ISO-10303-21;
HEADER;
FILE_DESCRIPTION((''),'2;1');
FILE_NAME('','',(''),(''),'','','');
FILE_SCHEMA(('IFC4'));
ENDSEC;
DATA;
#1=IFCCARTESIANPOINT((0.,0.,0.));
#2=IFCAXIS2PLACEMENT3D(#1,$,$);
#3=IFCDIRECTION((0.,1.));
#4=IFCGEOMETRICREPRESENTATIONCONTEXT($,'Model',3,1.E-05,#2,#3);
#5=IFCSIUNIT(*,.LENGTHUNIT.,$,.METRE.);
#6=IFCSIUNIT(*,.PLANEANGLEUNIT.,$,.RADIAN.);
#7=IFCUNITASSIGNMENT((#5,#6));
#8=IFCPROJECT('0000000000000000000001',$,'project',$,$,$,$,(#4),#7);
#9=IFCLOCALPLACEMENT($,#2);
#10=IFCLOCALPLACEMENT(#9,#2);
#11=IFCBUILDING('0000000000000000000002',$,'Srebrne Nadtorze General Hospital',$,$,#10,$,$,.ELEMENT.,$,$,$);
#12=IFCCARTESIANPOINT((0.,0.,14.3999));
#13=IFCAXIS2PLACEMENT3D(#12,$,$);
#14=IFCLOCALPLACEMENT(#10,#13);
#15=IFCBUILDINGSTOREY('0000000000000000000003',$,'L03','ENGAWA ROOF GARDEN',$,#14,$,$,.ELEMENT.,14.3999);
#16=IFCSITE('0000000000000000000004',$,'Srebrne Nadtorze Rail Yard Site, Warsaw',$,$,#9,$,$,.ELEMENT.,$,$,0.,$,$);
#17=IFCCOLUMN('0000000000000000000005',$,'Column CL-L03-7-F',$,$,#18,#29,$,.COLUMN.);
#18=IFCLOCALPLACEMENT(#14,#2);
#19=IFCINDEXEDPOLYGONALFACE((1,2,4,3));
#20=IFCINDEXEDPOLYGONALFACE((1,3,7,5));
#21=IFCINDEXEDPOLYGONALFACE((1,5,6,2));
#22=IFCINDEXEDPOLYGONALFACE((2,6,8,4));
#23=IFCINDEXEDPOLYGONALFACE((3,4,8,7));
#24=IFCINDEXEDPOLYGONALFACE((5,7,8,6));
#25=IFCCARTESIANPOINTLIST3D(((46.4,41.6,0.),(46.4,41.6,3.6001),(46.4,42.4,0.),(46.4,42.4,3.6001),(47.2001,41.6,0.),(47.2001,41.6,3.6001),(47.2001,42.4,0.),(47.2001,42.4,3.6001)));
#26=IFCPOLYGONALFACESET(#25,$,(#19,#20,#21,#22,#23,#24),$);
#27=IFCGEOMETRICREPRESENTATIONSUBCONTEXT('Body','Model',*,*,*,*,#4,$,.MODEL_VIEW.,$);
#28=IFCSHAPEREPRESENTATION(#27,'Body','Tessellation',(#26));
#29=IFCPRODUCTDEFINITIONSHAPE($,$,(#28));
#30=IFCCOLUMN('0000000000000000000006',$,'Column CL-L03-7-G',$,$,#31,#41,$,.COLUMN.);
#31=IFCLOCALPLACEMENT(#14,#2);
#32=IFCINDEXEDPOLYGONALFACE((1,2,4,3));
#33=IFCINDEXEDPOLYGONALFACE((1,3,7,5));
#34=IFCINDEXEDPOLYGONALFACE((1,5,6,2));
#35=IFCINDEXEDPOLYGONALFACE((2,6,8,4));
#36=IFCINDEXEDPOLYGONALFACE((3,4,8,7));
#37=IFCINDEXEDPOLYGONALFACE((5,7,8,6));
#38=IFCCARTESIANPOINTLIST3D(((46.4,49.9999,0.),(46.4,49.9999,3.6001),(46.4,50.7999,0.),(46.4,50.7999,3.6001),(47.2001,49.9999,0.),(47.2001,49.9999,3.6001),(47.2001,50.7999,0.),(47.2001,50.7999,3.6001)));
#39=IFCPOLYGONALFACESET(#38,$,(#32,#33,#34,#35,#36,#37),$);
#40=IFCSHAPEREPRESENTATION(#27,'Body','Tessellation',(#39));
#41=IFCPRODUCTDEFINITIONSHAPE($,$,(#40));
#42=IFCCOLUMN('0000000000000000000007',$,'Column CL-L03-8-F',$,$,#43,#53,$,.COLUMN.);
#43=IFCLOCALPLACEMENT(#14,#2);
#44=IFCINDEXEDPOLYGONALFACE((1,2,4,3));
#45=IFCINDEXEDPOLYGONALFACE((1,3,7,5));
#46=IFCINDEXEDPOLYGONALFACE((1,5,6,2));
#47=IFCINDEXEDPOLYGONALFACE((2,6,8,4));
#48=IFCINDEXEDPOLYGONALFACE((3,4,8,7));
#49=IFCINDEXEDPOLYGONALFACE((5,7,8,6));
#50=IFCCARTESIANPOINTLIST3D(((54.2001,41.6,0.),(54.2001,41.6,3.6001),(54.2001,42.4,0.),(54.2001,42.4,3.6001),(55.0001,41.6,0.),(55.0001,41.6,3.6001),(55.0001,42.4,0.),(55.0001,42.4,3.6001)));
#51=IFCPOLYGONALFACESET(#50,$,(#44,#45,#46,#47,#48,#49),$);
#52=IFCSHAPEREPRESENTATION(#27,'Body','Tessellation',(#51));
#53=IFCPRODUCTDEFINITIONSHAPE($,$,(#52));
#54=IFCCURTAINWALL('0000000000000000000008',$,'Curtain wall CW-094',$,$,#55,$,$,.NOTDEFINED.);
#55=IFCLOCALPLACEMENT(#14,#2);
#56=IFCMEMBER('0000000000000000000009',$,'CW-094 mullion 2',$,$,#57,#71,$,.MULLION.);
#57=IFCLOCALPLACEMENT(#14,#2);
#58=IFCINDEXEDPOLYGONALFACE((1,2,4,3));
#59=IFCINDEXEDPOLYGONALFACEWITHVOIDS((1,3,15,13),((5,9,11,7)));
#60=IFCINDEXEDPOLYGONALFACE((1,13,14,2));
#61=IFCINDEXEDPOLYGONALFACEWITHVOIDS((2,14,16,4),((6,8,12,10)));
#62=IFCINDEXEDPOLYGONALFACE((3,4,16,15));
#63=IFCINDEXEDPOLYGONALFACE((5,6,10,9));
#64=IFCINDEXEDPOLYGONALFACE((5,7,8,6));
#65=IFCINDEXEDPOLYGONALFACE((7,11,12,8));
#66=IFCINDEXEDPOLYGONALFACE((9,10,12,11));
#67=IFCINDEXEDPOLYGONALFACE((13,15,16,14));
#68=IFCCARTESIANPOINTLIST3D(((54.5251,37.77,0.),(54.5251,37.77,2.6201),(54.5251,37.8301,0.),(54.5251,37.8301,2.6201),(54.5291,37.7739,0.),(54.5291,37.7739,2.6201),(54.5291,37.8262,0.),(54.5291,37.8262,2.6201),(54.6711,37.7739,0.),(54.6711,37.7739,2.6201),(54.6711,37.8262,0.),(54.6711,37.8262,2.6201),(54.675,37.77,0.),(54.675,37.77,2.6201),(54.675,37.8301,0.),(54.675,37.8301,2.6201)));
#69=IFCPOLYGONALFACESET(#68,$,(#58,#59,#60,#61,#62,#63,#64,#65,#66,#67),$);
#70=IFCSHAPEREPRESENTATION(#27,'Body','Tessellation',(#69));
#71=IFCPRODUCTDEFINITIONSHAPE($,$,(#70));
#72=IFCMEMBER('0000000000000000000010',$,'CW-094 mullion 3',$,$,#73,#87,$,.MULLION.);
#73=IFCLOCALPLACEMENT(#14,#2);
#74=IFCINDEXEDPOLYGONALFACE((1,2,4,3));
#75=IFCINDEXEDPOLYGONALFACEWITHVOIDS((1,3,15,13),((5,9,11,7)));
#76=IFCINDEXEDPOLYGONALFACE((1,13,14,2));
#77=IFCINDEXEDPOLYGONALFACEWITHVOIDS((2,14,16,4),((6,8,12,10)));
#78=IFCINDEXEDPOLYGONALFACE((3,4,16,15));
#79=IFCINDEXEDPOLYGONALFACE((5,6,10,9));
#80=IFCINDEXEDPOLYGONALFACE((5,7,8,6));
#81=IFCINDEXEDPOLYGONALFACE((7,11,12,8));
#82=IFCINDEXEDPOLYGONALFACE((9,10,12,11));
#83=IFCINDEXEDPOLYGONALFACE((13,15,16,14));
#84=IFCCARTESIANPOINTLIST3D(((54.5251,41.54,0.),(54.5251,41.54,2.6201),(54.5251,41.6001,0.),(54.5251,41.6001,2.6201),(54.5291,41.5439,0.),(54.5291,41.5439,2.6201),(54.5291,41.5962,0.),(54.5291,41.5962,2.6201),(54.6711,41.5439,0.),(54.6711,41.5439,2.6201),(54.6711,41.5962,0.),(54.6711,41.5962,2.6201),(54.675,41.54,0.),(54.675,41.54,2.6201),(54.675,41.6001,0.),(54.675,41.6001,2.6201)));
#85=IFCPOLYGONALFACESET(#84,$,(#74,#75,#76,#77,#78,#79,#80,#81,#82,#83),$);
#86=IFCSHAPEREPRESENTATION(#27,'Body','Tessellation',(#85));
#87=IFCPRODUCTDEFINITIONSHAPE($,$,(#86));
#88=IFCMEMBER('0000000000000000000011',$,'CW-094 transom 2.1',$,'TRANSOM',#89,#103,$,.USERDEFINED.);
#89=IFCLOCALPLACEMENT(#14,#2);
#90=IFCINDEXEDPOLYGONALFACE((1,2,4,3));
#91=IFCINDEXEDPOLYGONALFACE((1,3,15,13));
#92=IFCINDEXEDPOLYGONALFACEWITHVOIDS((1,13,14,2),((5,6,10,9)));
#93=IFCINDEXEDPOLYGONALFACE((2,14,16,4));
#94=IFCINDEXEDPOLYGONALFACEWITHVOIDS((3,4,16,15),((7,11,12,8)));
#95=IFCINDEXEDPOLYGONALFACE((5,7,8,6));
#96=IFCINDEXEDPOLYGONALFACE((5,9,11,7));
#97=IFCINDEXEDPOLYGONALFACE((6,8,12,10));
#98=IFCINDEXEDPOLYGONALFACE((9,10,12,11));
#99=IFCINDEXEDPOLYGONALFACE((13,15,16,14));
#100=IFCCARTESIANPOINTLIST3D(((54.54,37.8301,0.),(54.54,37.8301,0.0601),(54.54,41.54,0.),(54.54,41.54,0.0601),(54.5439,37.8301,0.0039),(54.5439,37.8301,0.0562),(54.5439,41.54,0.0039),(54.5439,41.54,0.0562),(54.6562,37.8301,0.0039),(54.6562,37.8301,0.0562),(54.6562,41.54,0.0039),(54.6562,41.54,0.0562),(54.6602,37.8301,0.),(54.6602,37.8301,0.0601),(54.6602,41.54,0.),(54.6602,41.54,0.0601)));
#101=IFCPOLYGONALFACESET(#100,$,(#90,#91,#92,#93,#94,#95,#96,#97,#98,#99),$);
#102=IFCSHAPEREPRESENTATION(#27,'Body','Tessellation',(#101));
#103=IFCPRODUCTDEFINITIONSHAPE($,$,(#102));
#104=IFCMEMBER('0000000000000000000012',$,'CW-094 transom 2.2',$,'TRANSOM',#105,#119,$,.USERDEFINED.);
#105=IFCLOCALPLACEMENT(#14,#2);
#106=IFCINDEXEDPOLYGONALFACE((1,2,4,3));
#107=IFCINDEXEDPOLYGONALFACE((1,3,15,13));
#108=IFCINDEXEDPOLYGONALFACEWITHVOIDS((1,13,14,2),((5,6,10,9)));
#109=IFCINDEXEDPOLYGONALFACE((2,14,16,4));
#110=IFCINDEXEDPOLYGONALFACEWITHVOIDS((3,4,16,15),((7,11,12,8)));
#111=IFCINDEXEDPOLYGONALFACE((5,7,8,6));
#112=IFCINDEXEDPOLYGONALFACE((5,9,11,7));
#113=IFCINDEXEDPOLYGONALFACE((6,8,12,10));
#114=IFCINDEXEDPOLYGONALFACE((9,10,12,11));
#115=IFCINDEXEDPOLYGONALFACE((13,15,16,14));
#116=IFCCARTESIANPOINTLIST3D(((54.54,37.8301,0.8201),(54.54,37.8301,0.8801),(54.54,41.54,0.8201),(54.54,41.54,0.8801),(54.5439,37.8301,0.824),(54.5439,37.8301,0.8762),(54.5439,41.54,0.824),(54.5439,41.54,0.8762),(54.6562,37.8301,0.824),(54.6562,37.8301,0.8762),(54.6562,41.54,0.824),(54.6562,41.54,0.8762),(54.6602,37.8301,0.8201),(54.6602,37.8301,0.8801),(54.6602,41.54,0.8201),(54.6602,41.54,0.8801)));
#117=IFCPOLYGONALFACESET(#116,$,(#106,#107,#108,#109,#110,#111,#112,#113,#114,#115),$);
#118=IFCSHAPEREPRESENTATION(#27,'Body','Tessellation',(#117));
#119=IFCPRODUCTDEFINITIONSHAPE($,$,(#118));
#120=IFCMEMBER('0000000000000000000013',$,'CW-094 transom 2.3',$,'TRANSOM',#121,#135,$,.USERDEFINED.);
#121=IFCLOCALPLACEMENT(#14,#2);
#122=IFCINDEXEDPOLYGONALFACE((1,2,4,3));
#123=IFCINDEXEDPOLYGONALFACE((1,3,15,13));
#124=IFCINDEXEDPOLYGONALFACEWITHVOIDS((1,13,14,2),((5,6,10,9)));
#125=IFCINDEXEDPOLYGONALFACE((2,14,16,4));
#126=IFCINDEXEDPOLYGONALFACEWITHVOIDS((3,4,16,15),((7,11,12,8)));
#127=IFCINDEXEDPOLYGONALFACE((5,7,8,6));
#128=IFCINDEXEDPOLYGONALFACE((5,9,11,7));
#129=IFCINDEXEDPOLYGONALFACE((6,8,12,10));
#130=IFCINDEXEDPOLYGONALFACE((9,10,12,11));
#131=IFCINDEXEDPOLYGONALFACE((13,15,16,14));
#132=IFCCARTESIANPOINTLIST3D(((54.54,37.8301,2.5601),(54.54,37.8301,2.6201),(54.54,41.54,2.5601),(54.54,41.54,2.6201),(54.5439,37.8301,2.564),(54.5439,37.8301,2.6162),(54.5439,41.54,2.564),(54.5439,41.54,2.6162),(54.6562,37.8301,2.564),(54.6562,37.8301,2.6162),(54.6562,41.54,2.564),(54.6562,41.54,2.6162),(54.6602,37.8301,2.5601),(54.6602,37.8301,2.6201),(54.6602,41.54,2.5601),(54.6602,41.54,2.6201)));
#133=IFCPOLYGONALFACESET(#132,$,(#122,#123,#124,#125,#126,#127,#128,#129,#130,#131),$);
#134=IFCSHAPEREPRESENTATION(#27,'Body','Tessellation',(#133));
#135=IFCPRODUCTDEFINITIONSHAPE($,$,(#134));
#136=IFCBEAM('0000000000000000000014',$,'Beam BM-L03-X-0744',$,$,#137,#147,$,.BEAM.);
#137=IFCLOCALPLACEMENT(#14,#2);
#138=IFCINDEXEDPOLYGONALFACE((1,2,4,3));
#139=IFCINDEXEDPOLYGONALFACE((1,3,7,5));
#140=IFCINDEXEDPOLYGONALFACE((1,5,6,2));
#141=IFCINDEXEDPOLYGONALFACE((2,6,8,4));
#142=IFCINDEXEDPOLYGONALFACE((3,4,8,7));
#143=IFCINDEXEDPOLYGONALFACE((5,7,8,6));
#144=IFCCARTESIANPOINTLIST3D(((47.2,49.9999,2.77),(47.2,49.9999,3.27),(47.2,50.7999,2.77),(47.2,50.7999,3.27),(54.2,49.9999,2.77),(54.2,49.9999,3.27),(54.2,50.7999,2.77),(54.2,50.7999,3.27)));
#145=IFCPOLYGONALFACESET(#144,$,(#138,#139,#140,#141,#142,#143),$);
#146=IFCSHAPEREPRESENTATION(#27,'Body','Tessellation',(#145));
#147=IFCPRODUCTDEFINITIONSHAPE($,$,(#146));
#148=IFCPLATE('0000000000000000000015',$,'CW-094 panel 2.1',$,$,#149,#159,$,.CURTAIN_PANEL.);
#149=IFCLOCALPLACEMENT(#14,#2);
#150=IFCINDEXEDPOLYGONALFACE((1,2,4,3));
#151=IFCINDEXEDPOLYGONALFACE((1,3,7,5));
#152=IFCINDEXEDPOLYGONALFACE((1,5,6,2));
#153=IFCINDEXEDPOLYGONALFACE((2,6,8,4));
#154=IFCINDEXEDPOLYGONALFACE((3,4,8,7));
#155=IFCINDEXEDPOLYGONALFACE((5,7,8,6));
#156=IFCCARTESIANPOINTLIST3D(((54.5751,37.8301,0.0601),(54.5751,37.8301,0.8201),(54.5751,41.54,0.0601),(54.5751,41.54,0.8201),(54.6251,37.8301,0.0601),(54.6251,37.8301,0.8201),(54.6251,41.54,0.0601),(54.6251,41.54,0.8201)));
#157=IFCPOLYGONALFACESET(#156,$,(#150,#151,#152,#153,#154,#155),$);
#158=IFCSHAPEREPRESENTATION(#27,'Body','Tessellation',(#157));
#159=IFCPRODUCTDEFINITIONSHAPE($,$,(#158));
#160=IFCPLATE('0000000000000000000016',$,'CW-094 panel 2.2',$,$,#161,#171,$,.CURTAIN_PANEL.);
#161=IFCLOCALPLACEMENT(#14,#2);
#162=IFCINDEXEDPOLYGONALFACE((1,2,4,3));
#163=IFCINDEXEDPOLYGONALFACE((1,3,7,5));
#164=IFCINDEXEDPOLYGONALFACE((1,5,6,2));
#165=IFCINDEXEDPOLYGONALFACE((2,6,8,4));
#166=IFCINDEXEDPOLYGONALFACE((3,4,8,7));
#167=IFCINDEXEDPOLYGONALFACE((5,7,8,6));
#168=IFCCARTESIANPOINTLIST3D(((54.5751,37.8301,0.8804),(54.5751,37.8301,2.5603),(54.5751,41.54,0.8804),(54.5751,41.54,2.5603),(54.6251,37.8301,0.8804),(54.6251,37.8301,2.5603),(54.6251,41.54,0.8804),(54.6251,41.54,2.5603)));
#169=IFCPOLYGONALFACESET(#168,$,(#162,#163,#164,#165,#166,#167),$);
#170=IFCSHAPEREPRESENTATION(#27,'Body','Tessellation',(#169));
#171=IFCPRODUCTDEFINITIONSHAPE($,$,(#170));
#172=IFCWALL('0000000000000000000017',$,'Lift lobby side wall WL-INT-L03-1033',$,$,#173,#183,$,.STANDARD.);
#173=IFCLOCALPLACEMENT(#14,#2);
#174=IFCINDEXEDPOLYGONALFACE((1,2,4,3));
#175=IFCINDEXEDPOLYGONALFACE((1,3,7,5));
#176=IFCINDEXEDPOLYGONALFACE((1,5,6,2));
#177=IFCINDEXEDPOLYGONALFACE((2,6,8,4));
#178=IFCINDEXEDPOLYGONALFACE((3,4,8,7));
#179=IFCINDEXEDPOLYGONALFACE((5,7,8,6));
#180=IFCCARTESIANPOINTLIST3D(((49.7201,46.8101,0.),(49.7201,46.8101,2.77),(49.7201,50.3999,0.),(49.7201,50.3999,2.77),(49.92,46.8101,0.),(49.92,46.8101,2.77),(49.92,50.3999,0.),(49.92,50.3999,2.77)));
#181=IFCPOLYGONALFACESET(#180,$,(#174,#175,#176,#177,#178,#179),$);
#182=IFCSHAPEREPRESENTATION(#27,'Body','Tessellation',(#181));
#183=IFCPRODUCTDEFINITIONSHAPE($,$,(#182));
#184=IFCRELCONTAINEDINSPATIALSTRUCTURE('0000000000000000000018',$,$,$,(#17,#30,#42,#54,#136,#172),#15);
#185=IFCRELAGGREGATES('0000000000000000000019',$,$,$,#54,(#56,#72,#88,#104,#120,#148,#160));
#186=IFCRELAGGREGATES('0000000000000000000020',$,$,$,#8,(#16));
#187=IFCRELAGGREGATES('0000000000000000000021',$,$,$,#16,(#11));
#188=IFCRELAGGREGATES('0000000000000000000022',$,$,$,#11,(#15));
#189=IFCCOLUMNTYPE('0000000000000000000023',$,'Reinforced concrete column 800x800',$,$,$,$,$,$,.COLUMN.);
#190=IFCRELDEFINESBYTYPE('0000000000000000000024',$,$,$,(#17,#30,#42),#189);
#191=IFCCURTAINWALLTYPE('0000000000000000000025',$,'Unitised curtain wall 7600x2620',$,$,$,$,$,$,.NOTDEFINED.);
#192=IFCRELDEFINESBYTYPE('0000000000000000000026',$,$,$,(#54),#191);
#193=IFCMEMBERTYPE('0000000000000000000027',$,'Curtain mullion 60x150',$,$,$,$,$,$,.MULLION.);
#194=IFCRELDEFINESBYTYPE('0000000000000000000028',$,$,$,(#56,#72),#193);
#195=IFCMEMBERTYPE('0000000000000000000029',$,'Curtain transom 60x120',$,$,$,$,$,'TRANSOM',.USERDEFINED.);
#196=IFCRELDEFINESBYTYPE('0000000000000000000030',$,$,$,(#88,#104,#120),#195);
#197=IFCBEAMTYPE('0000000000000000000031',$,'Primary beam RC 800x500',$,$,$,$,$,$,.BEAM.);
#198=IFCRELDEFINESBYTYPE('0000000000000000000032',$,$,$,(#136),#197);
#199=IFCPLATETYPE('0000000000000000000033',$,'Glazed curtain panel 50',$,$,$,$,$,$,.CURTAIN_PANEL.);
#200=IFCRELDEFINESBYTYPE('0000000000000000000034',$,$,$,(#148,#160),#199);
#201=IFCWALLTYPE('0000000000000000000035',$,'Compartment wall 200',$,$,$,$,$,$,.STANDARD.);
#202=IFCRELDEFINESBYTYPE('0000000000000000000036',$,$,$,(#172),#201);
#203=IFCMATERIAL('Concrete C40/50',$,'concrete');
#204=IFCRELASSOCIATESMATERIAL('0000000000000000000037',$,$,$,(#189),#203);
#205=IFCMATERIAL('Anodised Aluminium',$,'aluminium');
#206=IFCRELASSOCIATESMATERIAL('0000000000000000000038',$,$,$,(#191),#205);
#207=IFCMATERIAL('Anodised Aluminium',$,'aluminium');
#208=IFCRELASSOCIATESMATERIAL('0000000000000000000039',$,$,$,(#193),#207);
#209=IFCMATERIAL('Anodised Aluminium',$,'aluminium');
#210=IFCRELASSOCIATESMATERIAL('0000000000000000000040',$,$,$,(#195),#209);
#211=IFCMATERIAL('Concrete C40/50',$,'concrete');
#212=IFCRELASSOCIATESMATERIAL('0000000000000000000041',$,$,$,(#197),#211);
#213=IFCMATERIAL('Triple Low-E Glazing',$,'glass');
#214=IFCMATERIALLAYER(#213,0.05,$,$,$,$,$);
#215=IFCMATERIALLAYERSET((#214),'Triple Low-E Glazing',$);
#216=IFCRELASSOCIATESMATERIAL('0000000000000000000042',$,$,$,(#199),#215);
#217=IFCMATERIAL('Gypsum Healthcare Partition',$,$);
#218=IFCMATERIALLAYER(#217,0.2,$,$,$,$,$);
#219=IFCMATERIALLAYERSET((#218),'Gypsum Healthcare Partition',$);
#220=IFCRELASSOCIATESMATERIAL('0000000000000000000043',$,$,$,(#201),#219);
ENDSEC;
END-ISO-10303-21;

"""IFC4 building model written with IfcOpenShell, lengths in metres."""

from ifc_helpers import new_model, si_unit, direction, frame, frame_2d, origin, origin_2d, place, context, subcontext, project, spatial, rectangle, hollow_rectangle, extrude, material, layer, layer_set, material_profile, profile_set, type_object, element, aggregate, save


model = new_model("IFC4")

# Units and contexts
model_context = context("Model", 3, precision=1e-05, world=origin(), true_north=direction((0.0, 1.0)))
body_context = subcontext(model_context, "Body", "Model", "MODEL_VIEW")
ifc_project = project(units=[si_unit("LENGTHUNIT", "METRE"), si_unit("PLANEANGLEUNIT", "RADIAN")], contexts=[model_context])

# Site, building, storey
site_placement = place(None, origin())
site = spatial("IfcSite", under=ifc_project, at=site_placement, Name="Srebrne Nadtorze Rail Yard Site, Warsaw", CompositionType="ELEMENT", RefElevation=0.0)
building_placement = place(site_placement, origin())
building = spatial("IfcBuilding", under=site, at=building_placement, Name="Srebrne Nadtorze General Hospital", CompositionType="ELEMENT")
storey_placement = place(building_placement, frame((0.0, 0.0, 14.3999)))
storey = spatial("IfcBuildingStorey", under=building, at=storey_placement, Name="L03", Description="ENGAWA ROOF GARDEN", CompositionType="ELEMENT", Elevation=14.3999)

# Columns
ifc_material_1 = material(Name="Concrete C40/50", Category="concrete")
ifc_material_profile_1 = material_profile(ifc_material_1, rectangle(XDim=0.8, YDim=0.8, at=origin_2d()), Name="RC-COL-800x800")
ifc_profile_set_1 = profile_set([ifc_material_profile_1], Name="Concrete C40/50")
column_type = type_object("IfcColumnType", Name="Reinforced concrete column 800x800", PredefinedType="COLUMN", material=ifc_profile_set_1)
for number, where, z_axis, x_axis, name in (
    (1, (46.8, 42.0, 0.0), (0.0, 0.0, 1.0), (1.0, 0.0, 0.0), "Column CL-L03-7-F"),
    (2, (46.8, 50.3999, 0.0), (0.0, 0.0, 1.0), (1.0, 0.0, 0.0), "Column CL-L03-7-G"),
    (3, (54.6001, 42.0, 0.0), (0.0, 0.0, 1.0), (1.0, 0.0, 0.0), "Column CL-L03-8-F"),
):
    element("IfcColumn", number, at=place(storey_placement, frame(where, z_axis=z_axis, x_axis=x_axis)), inside=storey, type_object=column_type, Name=name, PredefinedType="COLUMN", context=body_context, shape_type="SweptSolid", body=[
        extrude(rectangle(XDim=0.8, YDim=0.8, at=origin_2d()), origin(), (0.0, 0.0, 1.0), 3.6001),
    ])

# Curtain wall, members
ifc_material_2 = material(Name="Anodised Aluminium", Category="aluminium")
curtain_wall_type = type_object("IfcCurtainWallType", Name="Unitised curtain wall 7600x2620", PredefinedType="NOTDEFINED", material=ifc_material_2)
curtain_wall_placement = place(storey_placement, origin())
curtain_wall = element("IfcCurtainWall", 4, at=curtain_wall_placement, inside=storey, type_object=curtain_wall_type, Name="Curtain wall CW-094", PredefinedType="NOTDEFINED")
ifc_material_3 = material(Name="Anodised Aluminium", Category="aluminium")
ifc_material_profile_2 = material_profile(ifc_material_3, hollow_rectangle(XDim=0.0601, YDim=0.1499, WallThickness=0.0039, at=origin_2d()), Name="AL-MUL-60x150")
ifc_profile_set_2 = profile_set([ifc_material_profile_2], Name="Anodised Aluminium")
member_type_1 = type_object("IfcMemberType", Name="Curtain mullion 60x150", PredefinedType="MULLION", material=ifc_profile_set_2)
member_1_placement = place(storey_placement, frame((54.6001, 37.8, 0.0), z_axis=(0.0, 0.0, 1.0), x_axis=(0.0, 1.0, 0.0)))
member_1 = element("IfcMember", 5, at=member_1_placement, type_object=member_type_1, Name="CW-094 mullion 2", PredefinedType="MULLION", context=body_context, shape_type="SweptSolid", body=[
    extrude(hollow_rectangle(XDim=0.0601, YDim=0.1499, WallThickness=0.0039, at=origin_2d()), origin(), (0.0, 0.0, 1.0), 2.6201),
])
member_2_placement = place(storey_placement, frame((54.6001, 41.5701, 0.0), z_axis=(0.0, 0.0, 1.0), x_axis=(0.0, 1.0, 0.0)))
member_2 = element("IfcMember", 6, at=member_2_placement, type_object=member_type_1, Name="CW-094 mullion 3", PredefinedType="MULLION", context=body_context, shape_type="SweptSolid", body=[
    extrude(hollow_rectangle(XDim=0.0601, YDim=0.1499, WallThickness=0.0039, at=origin_2d()), origin(), (0.0, 0.0, 1.0), 2.6201),
])
ifc_material_4 = material(Name="Anodised Aluminium", Category="aluminium")
ifc_material_profile_3 = material_profile(ifc_material_4, hollow_rectangle(XDim=0.0601, YDim=0.1201, WallThickness=0.0039, at=origin_2d()), Name="AL-TRN-60x120")
ifc_profile_set_3 = profile_set([ifc_material_profile_3], Name="Anodised Aluminium")
member_type_2 = type_object("IfcMemberType", Name="Curtain transom 60x120", ElementType="TRANSOM", PredefinedType="USERDEFINED", material=ifc_profile_set_3)
member_3_placement = place(storey_placement, frame((54.6001, 37.8301, 0.03), z_axis=(0.0, 1.0, 0.0), x_axis=(0.0, 0.0, 1.0)))
member_3 = element("IfcMember", 7, at=member_3_placement, type_object=member_type_2, Name="CW-094 transom 2.1", ObjectType="TRANSOM", PredefinedType="USERDEFINED", context=body_context, shape_type="SweptSolid", body=[
    extrude(hollow_rectangle(XDim=0.0601, YDim=0.1201, WallThickness=0.0039, at=origin_2d()), origin(), (0.0, 0.0, 1.0), 3.71),
])
member_4_placement = place(storey_placement, frame((54.6001, 37.8301, 0.8501), z_axis=(0.0, 1.0, 0.0), x_axis=(0.0, 0.0, 1.0)))
member_4 = element("IfcMember", 8, at=member_4_placement, type_object=member_type_2, Name="CW-094 transom 2.2", ObjectType="TRANSOM", PredefinedType="USERDEFINED", context=body_context, shape_type="SweptSolid", body=[
    extrude(hollow_rectangle(XDim=0.0601, YDim=0.1201, WallThickness=0.0039, at=origin_2d()), origin(), (0.0, 0.0, 1.0), 3.71),
])
member_5_placement = place(storey_placement, frame((54.6001, 37.8301, 2.5901), z_axis=(0.0, 1.0, 0.0), x_axis=(0.0, 0.0, 1.0)))
member_5 = element("IfcMember", 9, at=member_5_placement, type_object=member_type_2, Name="CW-094 transom 2.3", ObjectType="TRANSOM", PredefinedType="USERDEFINED", context=body_context, shape_type="SweptSolid", body=[
    extrude(hollow_rectangle(XDim=0.0601, YDim=0.1201, WallThickness=0.0039, at=origin_2d()), origin(), (0.0, 0.0, 1.0), 3.71),
])

# Beam
ifc_material_5 = material(Name="Concrete C40/50", Category="concrete")
ifc_material_profile_4 = material_profile(ifc_material_5, rectangle(XDim=0.8, YDim=0.5, at=origin_2d()), Name="RC-BM-800x500")
ifc_profile_set_4 = profile_set([ifc_material_profile_4], Name="Concrete C40/50")
beam_type = type_object("IfcBeamType", Name="Primary beam RC 800x500", PredefinedType="BEAM", material=ifc_profile_set_4)
beam_placement = place(storey_placement, frame((47.2, 50.3999, 3.02), z_axis=(1.0, 0.0, 0.0), x_axis=(0.0, 1.0, 0.0)))
element("IfcBeam", 10, at=beam_placement, inside=storey, type_object=beam_type, Name="Beam BM-L03-X-0744", PredefinedType="BEAM", context=body_context, shape_type="SweptSolid", body=[
    extrude(rectangle(XDim=0.8, YDim=0.5, at=origin_2d()), origin(), (0.0, 0.0, 1.0), 7.0),
])

# Plates
ifc_material_6 = material(Name="Triple Low-E Glazing", Category="glass")
ifc_layer_1 = layer(ifc_material_6, 0.05)
ifc_layer_set_1 = layer_set([ifc_layer_1], Name="Triple Low-E Glazing")
plate_type = type_object("IfcPlateType", Name="Glazed curtain panel 50", PredefinedType="CURTAIN_PANEL", material=ifc_layer_set_1)
plate_1_placement = place(storey_placement, frame((54.6001, 39.6851, 0.0601), z_axis=(0.0, 0.0, 1.0), x_axis=(0.0, 1.0, 0.0)))
plate_1 = element("IfcPlate", 11, at=plate_1_placement, type_object=plate_type, Name="CW-094 panel 2.1", PredefinedType="CURTAIN_PANEL", context=body_context, shape_type="SweptSolid", body=[
    extrude(rectangle(XDim=3.71, YDim=0.05, at=origin_2d()), origin(), (0.0, 0.0, 1.0), 0.76),
])
plate_2_placement = place(storey_placement, frame((54.6001, 39.6851, 0.8804), z_axis=(0.0, 0.0, 1.0), x_axis=(0.0, 1.0, 0.0)))
plate_2 = element("IfcPlate", 12, at=plate_2_placement, type_object=plate_type, Name="CW-094 panel 2.2", PredefinedType="CURTAIN_PANEL", context=body_context, shape_type="SweptSolid", body=[
    extrude(rectangle(XDim=3.71, YDim=0.05, at=origin_2d()), origin(), (0.0, 0.0, 1.0), 1.6799),
])
aggregate(curtain_wall, [member_1, member_2, member_3, member_4, member_5, plate_1, plate_2])

# Wall
ifc_material_7 = material(Name="Gypsum Healthcare Partition")
ifc_layer_2 = layer(ifc_material_7, 0.2)
ifc_layer_set_2 = layer_set([ifc_layer_2], Name="Gypsum Healthcare Partition")
wall_type_1 = type_object("IfcWallType", Name="Compartment wall 200", PredefinedType="STANDARD", material=ifc_layer_set_2)
wall_1_placement = place(storey_placement, frame((49.8201, 46.8101, 0.0), z_axis=(0.0, 0.0, 1.0), x_axis=(0.0, 1.0, 0.0)))
element("IfcWall", 13, at=wall_1_placement, inside=storey, type_object=wall_type_1, Name="Lift lobby side wall WL-INT-L03-1033", PredefinedType="STANDARD", context=body_context, shape_type="SweptSolid", body=[
    extrude(rectangle(XDim=3.5898, YDim=0.2, at=frame_2d((1.7949, 0.0))), origin(), (0.0, 0.0, 1.0), 2.77),
])

save(model, "model.ifc")
